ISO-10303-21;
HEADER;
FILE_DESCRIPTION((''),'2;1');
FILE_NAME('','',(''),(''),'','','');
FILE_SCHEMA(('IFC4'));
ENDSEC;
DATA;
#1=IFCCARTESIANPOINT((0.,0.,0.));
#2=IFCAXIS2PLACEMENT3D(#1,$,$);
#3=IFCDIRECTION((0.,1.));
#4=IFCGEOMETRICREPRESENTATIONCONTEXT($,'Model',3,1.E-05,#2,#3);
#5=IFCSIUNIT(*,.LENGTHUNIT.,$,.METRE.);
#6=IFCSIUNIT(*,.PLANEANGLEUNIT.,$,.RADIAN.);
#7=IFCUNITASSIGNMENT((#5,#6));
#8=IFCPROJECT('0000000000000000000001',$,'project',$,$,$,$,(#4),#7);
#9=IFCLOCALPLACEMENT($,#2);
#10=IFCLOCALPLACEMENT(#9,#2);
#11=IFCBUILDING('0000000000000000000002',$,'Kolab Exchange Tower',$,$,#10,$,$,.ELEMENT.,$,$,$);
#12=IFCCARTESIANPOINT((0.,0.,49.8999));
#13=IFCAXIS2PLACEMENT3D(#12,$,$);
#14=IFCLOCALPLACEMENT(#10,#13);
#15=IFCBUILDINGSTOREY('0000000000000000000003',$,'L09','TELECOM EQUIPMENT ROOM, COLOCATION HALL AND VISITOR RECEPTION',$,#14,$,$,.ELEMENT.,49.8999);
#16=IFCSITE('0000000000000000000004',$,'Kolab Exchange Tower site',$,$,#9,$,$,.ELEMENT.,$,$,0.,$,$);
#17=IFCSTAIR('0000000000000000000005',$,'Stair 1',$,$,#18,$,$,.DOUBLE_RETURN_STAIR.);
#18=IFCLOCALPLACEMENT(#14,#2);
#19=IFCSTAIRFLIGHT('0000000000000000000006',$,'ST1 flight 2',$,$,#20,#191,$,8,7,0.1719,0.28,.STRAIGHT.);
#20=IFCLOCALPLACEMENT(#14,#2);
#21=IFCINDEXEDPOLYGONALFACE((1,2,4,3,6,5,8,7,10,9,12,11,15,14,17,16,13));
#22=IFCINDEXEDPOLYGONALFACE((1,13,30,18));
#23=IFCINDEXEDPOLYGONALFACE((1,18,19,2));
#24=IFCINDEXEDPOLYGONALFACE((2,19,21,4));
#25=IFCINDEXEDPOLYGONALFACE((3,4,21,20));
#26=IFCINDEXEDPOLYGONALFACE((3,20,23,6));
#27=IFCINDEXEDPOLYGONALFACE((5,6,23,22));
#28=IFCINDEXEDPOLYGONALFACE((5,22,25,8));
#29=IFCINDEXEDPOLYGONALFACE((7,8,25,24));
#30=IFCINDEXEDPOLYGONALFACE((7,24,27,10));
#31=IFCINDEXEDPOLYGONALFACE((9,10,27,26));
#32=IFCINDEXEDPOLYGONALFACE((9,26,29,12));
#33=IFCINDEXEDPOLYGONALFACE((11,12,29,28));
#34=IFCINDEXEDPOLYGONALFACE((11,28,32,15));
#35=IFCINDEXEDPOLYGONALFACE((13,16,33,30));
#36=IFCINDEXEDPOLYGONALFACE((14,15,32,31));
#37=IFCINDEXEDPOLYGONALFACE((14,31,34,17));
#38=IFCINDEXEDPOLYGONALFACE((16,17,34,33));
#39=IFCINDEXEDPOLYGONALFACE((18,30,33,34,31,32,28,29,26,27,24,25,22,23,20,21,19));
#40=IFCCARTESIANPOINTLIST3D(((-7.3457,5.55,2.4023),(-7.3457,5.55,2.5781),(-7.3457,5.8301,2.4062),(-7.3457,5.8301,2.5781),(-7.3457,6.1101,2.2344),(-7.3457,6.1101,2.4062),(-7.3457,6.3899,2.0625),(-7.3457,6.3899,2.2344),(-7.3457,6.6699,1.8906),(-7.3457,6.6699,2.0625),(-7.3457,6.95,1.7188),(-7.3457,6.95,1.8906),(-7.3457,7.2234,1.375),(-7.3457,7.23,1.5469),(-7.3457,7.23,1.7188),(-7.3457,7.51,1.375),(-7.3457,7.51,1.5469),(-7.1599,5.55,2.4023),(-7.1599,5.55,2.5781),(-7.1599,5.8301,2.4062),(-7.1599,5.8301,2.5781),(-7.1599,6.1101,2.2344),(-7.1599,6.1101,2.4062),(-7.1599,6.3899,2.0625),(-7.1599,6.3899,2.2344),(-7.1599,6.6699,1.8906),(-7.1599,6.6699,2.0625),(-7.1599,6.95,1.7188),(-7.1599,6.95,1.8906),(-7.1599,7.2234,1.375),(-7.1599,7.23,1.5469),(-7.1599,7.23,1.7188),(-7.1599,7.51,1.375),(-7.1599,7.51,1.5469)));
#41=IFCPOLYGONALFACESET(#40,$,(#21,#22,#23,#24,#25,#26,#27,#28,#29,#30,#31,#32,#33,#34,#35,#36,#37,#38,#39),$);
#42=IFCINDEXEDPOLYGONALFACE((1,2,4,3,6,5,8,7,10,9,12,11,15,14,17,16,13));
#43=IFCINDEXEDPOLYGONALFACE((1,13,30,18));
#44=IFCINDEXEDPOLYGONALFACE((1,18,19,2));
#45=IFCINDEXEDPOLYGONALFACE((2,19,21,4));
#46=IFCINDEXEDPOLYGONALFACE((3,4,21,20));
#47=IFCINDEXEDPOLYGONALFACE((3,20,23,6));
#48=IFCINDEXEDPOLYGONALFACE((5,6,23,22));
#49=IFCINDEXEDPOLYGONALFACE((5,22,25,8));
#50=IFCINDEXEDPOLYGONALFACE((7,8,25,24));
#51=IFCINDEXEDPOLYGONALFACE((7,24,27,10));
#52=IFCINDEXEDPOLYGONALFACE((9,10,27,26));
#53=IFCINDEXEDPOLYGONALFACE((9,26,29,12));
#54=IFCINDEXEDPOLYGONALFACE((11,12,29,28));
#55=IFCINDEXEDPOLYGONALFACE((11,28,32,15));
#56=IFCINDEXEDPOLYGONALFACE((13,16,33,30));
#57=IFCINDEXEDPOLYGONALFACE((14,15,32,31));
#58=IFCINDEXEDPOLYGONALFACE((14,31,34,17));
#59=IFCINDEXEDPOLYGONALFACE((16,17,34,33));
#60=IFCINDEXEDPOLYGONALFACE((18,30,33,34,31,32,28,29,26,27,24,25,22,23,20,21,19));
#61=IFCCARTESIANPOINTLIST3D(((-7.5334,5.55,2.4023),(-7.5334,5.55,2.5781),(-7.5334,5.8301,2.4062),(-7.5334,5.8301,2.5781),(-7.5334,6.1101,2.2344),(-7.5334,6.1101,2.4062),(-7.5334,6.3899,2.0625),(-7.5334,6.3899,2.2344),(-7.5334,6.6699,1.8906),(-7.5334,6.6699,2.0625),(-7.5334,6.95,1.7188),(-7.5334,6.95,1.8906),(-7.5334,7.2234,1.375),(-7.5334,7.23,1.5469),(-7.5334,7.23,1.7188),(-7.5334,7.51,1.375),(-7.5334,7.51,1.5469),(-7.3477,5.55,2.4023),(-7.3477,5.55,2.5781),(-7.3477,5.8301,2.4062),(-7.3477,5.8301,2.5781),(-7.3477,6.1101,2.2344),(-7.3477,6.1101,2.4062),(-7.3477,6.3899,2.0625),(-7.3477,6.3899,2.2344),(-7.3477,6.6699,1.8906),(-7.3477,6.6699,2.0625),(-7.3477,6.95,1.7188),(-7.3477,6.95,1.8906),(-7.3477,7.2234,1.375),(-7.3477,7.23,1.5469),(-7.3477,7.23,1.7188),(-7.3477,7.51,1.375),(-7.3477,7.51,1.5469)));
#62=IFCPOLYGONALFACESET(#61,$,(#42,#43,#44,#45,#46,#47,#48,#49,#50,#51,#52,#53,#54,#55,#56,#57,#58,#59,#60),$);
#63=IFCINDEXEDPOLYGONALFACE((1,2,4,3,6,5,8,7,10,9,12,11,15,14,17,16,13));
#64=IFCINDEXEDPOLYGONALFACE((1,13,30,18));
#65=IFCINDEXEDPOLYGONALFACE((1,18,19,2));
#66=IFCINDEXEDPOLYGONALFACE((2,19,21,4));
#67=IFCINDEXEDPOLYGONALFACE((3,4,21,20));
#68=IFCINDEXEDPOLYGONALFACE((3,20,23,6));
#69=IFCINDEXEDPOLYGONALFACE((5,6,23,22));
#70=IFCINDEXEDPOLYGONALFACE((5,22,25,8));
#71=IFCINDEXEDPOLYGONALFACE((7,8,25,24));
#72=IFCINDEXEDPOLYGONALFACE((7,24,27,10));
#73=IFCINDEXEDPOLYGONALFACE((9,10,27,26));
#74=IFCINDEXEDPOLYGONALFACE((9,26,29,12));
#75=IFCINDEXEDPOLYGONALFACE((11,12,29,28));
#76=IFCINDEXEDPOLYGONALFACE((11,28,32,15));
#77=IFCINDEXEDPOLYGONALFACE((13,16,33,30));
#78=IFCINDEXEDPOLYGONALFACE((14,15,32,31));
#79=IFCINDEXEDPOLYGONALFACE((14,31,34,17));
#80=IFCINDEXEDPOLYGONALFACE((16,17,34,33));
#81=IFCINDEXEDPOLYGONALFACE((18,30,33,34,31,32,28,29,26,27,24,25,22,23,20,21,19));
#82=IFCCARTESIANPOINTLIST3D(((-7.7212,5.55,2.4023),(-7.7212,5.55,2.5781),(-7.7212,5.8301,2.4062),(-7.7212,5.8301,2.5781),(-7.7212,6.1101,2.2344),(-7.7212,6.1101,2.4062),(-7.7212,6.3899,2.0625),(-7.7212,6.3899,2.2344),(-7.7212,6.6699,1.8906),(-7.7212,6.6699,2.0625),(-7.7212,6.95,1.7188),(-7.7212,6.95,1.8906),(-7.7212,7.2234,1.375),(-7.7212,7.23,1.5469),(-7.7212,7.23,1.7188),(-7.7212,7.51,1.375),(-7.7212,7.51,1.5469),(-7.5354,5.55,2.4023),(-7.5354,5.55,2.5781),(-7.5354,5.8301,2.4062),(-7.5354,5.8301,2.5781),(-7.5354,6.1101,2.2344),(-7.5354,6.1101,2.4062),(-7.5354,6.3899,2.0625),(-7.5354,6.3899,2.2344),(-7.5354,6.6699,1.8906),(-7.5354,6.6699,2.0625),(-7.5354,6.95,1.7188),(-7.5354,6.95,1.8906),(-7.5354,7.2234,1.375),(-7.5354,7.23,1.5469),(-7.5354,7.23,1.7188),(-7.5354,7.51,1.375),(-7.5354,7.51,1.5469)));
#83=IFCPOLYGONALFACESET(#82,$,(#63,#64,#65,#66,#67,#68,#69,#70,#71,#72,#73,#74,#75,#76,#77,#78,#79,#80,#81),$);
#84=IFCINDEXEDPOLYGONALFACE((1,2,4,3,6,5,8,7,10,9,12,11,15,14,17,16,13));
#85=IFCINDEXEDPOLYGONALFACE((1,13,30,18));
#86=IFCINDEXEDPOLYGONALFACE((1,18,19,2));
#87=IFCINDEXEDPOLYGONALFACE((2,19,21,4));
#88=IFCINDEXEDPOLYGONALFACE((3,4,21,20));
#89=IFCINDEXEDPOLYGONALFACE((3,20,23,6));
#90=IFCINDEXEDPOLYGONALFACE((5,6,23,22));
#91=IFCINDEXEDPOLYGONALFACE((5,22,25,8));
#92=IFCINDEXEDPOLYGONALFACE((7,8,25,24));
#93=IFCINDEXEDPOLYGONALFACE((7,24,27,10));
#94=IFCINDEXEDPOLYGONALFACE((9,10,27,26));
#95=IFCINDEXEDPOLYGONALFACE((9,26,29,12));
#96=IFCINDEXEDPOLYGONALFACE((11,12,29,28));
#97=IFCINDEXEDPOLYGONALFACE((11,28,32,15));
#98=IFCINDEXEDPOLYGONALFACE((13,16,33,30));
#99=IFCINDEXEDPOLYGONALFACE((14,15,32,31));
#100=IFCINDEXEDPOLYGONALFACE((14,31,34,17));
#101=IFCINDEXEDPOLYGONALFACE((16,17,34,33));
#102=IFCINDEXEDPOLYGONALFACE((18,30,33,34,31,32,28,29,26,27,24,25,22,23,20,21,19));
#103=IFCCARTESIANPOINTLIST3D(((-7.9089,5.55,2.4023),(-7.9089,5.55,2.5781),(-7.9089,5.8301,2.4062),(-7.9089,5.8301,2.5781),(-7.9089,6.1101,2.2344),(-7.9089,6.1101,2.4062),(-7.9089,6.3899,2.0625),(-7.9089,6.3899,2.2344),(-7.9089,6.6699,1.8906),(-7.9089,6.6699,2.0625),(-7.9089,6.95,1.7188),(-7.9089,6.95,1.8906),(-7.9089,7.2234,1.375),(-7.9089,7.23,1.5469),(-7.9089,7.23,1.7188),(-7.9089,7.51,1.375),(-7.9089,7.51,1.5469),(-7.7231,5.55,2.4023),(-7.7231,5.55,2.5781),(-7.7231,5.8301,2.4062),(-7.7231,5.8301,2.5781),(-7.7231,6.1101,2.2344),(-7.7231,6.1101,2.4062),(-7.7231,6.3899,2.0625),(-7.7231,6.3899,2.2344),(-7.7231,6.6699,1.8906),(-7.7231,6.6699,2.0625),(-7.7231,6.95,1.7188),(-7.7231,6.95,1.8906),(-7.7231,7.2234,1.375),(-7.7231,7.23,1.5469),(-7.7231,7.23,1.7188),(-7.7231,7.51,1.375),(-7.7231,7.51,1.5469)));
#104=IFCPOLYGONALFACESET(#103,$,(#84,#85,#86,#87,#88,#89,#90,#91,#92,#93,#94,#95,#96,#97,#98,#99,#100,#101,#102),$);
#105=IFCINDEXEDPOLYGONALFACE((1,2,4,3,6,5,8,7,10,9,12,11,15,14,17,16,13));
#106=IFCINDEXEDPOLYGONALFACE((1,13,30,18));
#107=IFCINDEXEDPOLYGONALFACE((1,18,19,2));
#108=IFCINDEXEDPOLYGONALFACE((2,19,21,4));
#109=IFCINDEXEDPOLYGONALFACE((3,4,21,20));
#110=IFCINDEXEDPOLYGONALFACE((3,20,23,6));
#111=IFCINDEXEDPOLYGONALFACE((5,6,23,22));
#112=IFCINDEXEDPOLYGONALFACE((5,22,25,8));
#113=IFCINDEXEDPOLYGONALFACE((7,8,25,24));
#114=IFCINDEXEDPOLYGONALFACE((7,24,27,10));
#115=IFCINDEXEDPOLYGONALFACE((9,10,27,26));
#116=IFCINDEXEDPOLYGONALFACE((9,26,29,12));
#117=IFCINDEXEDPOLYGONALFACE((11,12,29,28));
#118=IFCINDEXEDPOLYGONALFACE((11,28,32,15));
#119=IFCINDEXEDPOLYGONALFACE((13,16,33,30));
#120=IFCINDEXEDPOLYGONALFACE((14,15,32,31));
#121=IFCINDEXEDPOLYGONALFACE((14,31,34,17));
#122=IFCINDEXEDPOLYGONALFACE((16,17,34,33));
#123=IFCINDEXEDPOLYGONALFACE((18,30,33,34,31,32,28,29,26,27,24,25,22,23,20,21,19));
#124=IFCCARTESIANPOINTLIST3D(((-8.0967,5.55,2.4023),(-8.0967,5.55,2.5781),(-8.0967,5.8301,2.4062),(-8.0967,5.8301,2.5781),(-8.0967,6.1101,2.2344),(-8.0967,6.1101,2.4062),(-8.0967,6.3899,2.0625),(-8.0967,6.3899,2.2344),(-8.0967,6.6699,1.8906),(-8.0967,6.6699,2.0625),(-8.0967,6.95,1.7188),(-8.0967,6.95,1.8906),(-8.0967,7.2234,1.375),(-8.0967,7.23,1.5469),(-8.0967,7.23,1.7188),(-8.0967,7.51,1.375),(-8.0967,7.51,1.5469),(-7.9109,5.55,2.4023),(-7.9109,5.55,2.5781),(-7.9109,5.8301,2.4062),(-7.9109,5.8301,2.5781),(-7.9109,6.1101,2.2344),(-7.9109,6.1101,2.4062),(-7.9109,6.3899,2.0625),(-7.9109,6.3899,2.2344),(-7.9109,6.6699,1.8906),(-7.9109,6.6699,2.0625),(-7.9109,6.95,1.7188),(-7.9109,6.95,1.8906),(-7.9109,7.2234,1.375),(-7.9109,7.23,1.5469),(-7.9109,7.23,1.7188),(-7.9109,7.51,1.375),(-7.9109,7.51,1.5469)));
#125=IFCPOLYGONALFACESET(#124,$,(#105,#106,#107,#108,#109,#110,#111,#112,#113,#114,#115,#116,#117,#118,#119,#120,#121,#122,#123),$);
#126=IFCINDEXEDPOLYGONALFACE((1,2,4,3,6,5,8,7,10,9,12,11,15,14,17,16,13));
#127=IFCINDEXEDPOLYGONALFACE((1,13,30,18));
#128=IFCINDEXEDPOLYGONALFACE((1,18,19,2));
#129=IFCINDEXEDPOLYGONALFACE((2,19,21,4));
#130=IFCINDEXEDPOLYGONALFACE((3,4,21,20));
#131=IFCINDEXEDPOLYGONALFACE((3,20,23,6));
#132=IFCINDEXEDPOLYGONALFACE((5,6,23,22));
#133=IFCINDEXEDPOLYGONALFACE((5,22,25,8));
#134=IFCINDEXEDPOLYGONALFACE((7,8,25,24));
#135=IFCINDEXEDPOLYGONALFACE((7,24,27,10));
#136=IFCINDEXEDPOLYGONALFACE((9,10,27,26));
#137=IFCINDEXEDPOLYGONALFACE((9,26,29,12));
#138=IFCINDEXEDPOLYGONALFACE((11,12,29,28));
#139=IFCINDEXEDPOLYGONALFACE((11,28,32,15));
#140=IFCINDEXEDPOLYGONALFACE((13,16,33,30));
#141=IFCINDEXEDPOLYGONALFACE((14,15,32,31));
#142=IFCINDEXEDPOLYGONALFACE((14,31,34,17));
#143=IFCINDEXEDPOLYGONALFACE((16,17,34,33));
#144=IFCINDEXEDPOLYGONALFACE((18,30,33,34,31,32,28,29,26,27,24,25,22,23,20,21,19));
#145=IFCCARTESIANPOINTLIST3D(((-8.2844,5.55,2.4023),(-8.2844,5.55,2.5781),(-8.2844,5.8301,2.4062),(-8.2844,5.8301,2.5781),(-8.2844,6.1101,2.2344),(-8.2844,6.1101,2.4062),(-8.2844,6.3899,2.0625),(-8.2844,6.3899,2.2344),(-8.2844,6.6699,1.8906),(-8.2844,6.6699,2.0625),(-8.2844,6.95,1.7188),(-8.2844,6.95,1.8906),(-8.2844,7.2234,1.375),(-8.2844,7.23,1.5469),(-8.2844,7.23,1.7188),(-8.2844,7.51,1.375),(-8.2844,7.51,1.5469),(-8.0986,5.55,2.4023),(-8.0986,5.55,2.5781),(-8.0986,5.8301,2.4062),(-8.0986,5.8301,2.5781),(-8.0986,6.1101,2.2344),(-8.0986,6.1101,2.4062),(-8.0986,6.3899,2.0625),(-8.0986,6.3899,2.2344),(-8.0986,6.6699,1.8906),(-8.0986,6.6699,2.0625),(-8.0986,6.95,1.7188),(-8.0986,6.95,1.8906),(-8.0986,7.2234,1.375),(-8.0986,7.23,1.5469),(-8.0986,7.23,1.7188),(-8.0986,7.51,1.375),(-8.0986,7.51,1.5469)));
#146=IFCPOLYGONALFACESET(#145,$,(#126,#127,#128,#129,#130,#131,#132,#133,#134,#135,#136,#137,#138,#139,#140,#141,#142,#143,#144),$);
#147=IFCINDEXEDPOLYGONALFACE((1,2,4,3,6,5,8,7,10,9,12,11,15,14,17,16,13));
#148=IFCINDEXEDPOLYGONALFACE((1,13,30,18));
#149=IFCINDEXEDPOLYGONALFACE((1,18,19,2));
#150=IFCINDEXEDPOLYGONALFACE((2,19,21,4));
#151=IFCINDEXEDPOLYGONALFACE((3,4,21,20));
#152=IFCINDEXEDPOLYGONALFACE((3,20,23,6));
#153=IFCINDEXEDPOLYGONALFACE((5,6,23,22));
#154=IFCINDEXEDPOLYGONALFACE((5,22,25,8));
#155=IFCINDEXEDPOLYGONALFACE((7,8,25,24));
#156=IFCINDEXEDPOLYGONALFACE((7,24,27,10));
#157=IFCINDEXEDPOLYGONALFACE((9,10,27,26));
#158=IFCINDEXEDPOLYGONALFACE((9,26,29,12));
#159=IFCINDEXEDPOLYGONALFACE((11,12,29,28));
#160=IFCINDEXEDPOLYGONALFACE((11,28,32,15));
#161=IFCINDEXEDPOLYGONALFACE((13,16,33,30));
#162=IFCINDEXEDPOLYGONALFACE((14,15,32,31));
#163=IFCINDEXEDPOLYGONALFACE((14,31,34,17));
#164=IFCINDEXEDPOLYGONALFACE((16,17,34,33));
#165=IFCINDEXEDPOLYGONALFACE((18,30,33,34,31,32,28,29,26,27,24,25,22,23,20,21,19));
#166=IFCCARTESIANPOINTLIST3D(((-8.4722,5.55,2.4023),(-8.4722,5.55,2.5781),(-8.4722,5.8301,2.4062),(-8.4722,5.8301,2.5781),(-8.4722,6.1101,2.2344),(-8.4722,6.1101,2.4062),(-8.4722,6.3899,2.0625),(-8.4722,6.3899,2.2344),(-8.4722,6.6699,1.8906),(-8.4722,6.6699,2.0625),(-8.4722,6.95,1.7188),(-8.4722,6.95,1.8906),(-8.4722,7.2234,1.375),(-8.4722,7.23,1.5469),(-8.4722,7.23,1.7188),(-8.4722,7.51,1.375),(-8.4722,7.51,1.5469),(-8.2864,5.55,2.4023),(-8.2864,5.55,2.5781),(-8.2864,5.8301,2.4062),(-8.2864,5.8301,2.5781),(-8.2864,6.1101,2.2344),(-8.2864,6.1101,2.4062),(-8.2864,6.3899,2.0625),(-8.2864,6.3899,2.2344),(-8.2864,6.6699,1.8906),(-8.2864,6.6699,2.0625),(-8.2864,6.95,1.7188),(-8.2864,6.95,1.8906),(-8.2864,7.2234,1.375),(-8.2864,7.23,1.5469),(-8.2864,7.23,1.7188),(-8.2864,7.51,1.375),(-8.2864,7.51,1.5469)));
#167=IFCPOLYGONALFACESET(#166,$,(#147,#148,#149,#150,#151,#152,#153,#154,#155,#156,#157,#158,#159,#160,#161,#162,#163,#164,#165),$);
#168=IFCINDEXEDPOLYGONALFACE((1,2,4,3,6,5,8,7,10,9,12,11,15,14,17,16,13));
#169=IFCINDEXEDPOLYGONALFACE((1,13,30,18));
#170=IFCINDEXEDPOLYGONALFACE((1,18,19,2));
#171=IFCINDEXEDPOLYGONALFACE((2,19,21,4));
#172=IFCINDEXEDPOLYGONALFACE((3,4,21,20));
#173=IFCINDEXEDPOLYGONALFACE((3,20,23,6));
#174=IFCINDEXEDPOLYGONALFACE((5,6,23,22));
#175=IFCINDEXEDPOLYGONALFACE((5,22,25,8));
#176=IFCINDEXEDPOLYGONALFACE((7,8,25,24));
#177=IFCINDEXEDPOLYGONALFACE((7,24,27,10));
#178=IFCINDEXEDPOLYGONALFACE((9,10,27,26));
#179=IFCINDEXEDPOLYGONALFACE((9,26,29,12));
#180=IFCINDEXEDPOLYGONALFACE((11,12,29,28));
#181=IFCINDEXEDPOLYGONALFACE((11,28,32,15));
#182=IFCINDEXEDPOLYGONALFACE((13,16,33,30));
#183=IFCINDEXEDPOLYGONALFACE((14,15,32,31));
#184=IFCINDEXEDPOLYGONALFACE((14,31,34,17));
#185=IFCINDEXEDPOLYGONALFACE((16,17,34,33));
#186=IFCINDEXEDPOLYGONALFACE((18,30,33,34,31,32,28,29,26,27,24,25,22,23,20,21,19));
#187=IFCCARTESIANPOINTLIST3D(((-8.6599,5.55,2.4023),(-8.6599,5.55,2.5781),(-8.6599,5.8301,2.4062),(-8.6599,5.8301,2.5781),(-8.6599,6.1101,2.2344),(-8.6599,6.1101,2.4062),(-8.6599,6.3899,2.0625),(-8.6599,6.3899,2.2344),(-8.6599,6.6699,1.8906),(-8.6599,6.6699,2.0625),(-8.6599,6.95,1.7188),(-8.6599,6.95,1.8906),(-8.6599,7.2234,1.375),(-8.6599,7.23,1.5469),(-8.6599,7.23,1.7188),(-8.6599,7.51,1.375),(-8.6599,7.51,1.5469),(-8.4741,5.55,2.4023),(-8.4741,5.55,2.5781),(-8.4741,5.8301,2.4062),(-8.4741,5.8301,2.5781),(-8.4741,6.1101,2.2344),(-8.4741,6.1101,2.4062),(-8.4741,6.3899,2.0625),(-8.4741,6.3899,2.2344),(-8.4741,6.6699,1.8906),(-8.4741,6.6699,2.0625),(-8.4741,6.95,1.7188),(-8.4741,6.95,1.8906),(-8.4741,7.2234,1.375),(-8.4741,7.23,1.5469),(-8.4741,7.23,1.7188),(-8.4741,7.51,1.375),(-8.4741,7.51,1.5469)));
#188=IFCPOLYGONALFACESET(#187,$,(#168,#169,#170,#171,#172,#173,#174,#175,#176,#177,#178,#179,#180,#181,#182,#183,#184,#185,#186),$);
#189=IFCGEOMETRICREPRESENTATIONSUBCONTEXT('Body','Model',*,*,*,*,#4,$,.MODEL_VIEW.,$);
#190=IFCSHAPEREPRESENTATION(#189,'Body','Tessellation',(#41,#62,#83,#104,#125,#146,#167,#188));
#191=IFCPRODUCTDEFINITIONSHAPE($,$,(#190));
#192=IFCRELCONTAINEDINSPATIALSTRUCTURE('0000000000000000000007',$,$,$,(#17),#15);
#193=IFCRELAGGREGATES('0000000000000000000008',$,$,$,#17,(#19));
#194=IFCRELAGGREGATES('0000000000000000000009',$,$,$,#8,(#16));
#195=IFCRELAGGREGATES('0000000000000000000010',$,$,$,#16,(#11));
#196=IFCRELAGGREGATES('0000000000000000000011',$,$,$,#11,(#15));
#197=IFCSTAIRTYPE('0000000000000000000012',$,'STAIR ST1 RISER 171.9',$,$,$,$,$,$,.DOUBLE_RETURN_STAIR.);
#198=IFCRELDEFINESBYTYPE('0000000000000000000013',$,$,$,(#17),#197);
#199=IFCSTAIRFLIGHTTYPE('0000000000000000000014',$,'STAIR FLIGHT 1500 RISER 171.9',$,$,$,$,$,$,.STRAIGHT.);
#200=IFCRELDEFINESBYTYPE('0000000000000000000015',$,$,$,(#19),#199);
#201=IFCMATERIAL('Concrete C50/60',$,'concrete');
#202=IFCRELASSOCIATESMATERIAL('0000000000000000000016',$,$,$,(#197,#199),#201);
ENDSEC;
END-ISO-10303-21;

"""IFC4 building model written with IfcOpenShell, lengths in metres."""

from ifc_helpers import new_model, si_unit, direction, frame, origin, place, context, subcontext, project, spatial, polyline, outline, extrude, material, type_object, element, aggregate, save


model = new_model("IFC4")

# Units and contexts
model_context = context("Model", 3, precision=1e-05, world=origin(), true_north=direction((0.0, 1.0)))
body_context = subcontext(model_context, "Body", "Model", "MODEL_VIEW")
ifc_project = project(units=[si_unit("LENGTHUNIT", "METRE"), si_unit("PLANEANGLEUNIT", "RADIAN")], contexts=[model_context])

# Site, building, storey
site_placement = place(None, origin())
site = spatial("IfcSite", under=ifc_project, at=site_placement, Name="Kolab Exchange Tower site", CompositionType="ELEMENT", RefElevation=0.0)
building_placement = place(site_placement, origin())
building = spatial("IfcBuilding", under=site, at=building_placement, Name="Kolab Exchange Tower", CompositionType="ELEMENT")
storey_placement = place(building_placement, frame((0.0, 0.0, 49.8999)))
storey = spatial("IfcBuildingStorey", under=building, at=storey_placement, Name="L09", Description="TELECOM EQUIPMENT ROOM, COLOCATION HALL AND VISITOR RECEPTION", CompositionType="ELEMENT", Elevation=49.8999)

# Shared definitions
ifc_material_1 = material(Name="Concrete C50/60", Category="concrete")

# Stair, stair flight
stair_type = type_object("IfcStairType", Name="STAIR ST1 RISER 171.9", PredefinedType="DOUBLE_RETURN_STAIR", material=ifc_material_1)
stair_placement = place(storey_placement, origin())
stair = element("IfcStair", 1, at=stair_placement, inside=storey, type_object=stair_type, Name="Stair 1", PredefinedType="DOUBLE_RETURN_STAIR")
stair_flight_type = type_object("IfcStairFlightType", Name="STAIR FLIGHT 1500 RISER 171.9", PredefinedType="STRAIGHT", material=ifc_material_1)
stair_flight_1_placement = place(storey_placement, frame((-7.9099, 7.51, 1.375), z_axis=(0.0, 0.0, 1.0), x_axis=(0.0, -1.0, 0.0)))
stair_flight_1 = element("IfcStairFlight", 2, at=stair_flight_1_placement, type_object=stair_flight_type, Name="ST1 flight 2", NumberOfRisers=8, NumberOfTreads=7, PredefinedType="STRAIGHT", RiserHeight=0.1719, TreadLength=0.28, context=body_context, shape_type="SweptSolid", body=[
    extrude(outline(polyline([(0.0, 0.0), (0.0, 0.1719), (0.28, 0.1719), (0.28, 0.3438), (0.5601, 0.3438), (0.5601, 0.5156), (0.8401, 0.5156), (0.8401, 0.6875), (1.1201, 0.6875), (1.1201, 0.8594), (1.3999, 0.8594), (1.3999, 1.0312), (1.6799, 1.0312), (1.6799, 1.2031), (1.96, 1.2031), (1.96, 1.375), (1.96, 1.0273), (0.2866, 0.0), (0.0, 0.0)])), frame((0.0, 0.75, 0.0), z_axis=(0.0, -1.0, 0.0), x_axis=(1.0, 0.0, 0.0)), (0.0, 0.0, 1.0), 0.1858),
    extrude(outline(polyline([(0.0, 0.0), (0.0, 0.1719), (0.28, 0.1719), (0.28, 0.3438), (0.5601, 0.3438), (0.5601, 0.5156), (0.8401, 0.5156), (0.8401, 0.6875), (1.1201, 0.6875), (1.1201, 0.8594), (1.3999, 0.8594), (1.3999, 1.0312), (1.6799, 1.0312), (1.6799, 1.2031), (1.96, 1.2031), (1.96, 1.375), (1.96, 1.0273), (0.2866, 0.0), (0.0, 0.0)])), frame((0.0, 0.5623, 0.0), z_axis=(0.0, -1.0, 0.0), x_axis=(1.0, 0.0, 0.0)), (0.0, 0.0, 1.0), 0.1858),
    extrude(outline(polyline([(0.0, 0.0), (0.0, 0.1719), (0.28, 0.1719), (0.28, 0.3438), (0.5601, 0.3438), (0.5601, 0.5156), (0.8401, 0.5156), (0.8401, 0.6875), (1.1201, 0.6875), (1.1201, 0.8594), (1.3999, 0.8594), (1.3999, 1.0312), (1.6799, 1.0312), (1.6799, 1.2031), (1.96, 1.2031), (1.96, 1.375), (1.96, 1.0273), (0.2866, 0.0), (0.0, 0.0)])), frame((0.0, 0.3745, 0.0), z_axis=(0.0, -1.0, 0.0), x_axis=(1.0, 0.0, 0.0)), (0.0, 0.0, 1.0), 0.1858),
    extrude(outline(polyline([(0.0, 0.0), (0.0, 0.1719), (0.28, 0.1719), (0.28, 0.3438), (0.5601, 0.3438), (0.5601, 0.5156), (0.8401, 0.5156), (0.8401, 0.6875), (1.1201, 0.6875), (1.1201, 0.8594), (1.3999, 0.8594), (1.3999, 1.0312), (1.6799, 1.0312), (1.6799, 1.2031), (1.96, 1.2031), (1.96, 1.375), (1.96, 1.0273), (0.2866, 0.0), (0.0, 0.0)])), frame((0.0, 0.1868, 0.0), z_axis=(0.0, -1.0, 0.0), x_axis=(1.0, 0.0, 0.0)), (0.0, 0.0, 1.0), 0.1858),
    extrude(outline(polyline([(0.0, 0.0), (0.0, 0.1719), (0.28, 0.1719), (0.28, 0.3438), (0.5601, 0.3438), (0.5601, 0.5156), (0.8401, 0.5156), (0.8401, 0.6875), (1.1201, 0.6875), (1.1201, 0.8594), (1.3999, 0.8594), (1.3999, 1.0312), (1.6799, 1.0312), (1.6799, 1.2031), (1.96, 1.2031), (1.96, 1.375), (1.96, 1.0273), (0.2866, 0.0), (0.0, 0.0)])), frame((0.0, -0.001, 0.0), z_axis=(0.0, -1.0, 0.0), x_axis=(1.0, 0.0, 0.0)), (0.0, 0.0, 1.0), 0.1858),
    extrude(outline(polyline([(0.0, 0.0), (0.0, 0.1719), (0.28, 0.1719), (0.28, 0.3438), (0.5601, 0.3438), (0.5601, 0.5156), (0.8401, 0.5156), (0.8401, 0.6875), (1.1201, 0.6875), (1.1201, 0.8594), (1.3999, 0.8594), (1.3999, 1.0312), (1.6799, 1.0312), (1.6799, 1.2031), (1.96, 1.2031), (1.96, 1.375), (1.96, 1.0273), (0.2866, 0.0), (0.0, 0.0)])), frame((0.0, -0.1887, 0.0), z_axis=(0.0, -1.0, 0.0), x_axis=(1.0, 0.0, 0.0)), (0.0, 0.0, 1.0), 0.1858),
    extrude(outline(polyline([(0.0, 0.0), (0.0, 0.1719), (0.28, 0.1719), (0.28, 0.3438), (0.5601, 0.3438), (0.5601, 0.5156), (0.8401, 0.5156), (0.8401, 0.6875), (1.1201, 0.6875), (1.1201, 0.8594), (1.3999, 0.8594), (1.3999, 1.0312), (1.6799, 1.0312), (1.6799, 1.2031), (1.96, 1.2031), (1.96, 1.375), (1.96, 1.0273), (0.2866, 0.0), (0.0, 0.0)])), frame((0.0, -0.3765, 0.0), z_axis=(0.0, -1.0, 0.0), x_axis=(1.0, 0.0, 0.0)), (0.0, 0.0, 1.0), 0.1858),
    extrude(outline(polyline([(0.0, 0.0), (0.0, 0.1719), (0.28, 0.1719), (0.28, 0.3438), (0.5601, 0.3438), (0.5601, 0.5156), (0.8401, 0.5156), (0.8401, 0.6875), (1.1201, 0.6875), (1.1201, 0.8594), (1.3999, 0.8594), (1.3999, 1.0312), (1.6799, 1.0312), (1.6799, 1.2031), (1.96, 1.2031), (1.96, 1.375), (1.96, 1.0273), (0.2866, 0.0), (0.0, 0.0)])), frame((0.0, -0.5642, 0.0), z_axis=(0.0, -1.0, 0.0), x_axis=(1.0, 0.0, 0.0)), (0.0, 0.0, 1.0), 0.1858),
])
aggregate(stair, [stair_flight_1])

save(model, "model.ifc")
